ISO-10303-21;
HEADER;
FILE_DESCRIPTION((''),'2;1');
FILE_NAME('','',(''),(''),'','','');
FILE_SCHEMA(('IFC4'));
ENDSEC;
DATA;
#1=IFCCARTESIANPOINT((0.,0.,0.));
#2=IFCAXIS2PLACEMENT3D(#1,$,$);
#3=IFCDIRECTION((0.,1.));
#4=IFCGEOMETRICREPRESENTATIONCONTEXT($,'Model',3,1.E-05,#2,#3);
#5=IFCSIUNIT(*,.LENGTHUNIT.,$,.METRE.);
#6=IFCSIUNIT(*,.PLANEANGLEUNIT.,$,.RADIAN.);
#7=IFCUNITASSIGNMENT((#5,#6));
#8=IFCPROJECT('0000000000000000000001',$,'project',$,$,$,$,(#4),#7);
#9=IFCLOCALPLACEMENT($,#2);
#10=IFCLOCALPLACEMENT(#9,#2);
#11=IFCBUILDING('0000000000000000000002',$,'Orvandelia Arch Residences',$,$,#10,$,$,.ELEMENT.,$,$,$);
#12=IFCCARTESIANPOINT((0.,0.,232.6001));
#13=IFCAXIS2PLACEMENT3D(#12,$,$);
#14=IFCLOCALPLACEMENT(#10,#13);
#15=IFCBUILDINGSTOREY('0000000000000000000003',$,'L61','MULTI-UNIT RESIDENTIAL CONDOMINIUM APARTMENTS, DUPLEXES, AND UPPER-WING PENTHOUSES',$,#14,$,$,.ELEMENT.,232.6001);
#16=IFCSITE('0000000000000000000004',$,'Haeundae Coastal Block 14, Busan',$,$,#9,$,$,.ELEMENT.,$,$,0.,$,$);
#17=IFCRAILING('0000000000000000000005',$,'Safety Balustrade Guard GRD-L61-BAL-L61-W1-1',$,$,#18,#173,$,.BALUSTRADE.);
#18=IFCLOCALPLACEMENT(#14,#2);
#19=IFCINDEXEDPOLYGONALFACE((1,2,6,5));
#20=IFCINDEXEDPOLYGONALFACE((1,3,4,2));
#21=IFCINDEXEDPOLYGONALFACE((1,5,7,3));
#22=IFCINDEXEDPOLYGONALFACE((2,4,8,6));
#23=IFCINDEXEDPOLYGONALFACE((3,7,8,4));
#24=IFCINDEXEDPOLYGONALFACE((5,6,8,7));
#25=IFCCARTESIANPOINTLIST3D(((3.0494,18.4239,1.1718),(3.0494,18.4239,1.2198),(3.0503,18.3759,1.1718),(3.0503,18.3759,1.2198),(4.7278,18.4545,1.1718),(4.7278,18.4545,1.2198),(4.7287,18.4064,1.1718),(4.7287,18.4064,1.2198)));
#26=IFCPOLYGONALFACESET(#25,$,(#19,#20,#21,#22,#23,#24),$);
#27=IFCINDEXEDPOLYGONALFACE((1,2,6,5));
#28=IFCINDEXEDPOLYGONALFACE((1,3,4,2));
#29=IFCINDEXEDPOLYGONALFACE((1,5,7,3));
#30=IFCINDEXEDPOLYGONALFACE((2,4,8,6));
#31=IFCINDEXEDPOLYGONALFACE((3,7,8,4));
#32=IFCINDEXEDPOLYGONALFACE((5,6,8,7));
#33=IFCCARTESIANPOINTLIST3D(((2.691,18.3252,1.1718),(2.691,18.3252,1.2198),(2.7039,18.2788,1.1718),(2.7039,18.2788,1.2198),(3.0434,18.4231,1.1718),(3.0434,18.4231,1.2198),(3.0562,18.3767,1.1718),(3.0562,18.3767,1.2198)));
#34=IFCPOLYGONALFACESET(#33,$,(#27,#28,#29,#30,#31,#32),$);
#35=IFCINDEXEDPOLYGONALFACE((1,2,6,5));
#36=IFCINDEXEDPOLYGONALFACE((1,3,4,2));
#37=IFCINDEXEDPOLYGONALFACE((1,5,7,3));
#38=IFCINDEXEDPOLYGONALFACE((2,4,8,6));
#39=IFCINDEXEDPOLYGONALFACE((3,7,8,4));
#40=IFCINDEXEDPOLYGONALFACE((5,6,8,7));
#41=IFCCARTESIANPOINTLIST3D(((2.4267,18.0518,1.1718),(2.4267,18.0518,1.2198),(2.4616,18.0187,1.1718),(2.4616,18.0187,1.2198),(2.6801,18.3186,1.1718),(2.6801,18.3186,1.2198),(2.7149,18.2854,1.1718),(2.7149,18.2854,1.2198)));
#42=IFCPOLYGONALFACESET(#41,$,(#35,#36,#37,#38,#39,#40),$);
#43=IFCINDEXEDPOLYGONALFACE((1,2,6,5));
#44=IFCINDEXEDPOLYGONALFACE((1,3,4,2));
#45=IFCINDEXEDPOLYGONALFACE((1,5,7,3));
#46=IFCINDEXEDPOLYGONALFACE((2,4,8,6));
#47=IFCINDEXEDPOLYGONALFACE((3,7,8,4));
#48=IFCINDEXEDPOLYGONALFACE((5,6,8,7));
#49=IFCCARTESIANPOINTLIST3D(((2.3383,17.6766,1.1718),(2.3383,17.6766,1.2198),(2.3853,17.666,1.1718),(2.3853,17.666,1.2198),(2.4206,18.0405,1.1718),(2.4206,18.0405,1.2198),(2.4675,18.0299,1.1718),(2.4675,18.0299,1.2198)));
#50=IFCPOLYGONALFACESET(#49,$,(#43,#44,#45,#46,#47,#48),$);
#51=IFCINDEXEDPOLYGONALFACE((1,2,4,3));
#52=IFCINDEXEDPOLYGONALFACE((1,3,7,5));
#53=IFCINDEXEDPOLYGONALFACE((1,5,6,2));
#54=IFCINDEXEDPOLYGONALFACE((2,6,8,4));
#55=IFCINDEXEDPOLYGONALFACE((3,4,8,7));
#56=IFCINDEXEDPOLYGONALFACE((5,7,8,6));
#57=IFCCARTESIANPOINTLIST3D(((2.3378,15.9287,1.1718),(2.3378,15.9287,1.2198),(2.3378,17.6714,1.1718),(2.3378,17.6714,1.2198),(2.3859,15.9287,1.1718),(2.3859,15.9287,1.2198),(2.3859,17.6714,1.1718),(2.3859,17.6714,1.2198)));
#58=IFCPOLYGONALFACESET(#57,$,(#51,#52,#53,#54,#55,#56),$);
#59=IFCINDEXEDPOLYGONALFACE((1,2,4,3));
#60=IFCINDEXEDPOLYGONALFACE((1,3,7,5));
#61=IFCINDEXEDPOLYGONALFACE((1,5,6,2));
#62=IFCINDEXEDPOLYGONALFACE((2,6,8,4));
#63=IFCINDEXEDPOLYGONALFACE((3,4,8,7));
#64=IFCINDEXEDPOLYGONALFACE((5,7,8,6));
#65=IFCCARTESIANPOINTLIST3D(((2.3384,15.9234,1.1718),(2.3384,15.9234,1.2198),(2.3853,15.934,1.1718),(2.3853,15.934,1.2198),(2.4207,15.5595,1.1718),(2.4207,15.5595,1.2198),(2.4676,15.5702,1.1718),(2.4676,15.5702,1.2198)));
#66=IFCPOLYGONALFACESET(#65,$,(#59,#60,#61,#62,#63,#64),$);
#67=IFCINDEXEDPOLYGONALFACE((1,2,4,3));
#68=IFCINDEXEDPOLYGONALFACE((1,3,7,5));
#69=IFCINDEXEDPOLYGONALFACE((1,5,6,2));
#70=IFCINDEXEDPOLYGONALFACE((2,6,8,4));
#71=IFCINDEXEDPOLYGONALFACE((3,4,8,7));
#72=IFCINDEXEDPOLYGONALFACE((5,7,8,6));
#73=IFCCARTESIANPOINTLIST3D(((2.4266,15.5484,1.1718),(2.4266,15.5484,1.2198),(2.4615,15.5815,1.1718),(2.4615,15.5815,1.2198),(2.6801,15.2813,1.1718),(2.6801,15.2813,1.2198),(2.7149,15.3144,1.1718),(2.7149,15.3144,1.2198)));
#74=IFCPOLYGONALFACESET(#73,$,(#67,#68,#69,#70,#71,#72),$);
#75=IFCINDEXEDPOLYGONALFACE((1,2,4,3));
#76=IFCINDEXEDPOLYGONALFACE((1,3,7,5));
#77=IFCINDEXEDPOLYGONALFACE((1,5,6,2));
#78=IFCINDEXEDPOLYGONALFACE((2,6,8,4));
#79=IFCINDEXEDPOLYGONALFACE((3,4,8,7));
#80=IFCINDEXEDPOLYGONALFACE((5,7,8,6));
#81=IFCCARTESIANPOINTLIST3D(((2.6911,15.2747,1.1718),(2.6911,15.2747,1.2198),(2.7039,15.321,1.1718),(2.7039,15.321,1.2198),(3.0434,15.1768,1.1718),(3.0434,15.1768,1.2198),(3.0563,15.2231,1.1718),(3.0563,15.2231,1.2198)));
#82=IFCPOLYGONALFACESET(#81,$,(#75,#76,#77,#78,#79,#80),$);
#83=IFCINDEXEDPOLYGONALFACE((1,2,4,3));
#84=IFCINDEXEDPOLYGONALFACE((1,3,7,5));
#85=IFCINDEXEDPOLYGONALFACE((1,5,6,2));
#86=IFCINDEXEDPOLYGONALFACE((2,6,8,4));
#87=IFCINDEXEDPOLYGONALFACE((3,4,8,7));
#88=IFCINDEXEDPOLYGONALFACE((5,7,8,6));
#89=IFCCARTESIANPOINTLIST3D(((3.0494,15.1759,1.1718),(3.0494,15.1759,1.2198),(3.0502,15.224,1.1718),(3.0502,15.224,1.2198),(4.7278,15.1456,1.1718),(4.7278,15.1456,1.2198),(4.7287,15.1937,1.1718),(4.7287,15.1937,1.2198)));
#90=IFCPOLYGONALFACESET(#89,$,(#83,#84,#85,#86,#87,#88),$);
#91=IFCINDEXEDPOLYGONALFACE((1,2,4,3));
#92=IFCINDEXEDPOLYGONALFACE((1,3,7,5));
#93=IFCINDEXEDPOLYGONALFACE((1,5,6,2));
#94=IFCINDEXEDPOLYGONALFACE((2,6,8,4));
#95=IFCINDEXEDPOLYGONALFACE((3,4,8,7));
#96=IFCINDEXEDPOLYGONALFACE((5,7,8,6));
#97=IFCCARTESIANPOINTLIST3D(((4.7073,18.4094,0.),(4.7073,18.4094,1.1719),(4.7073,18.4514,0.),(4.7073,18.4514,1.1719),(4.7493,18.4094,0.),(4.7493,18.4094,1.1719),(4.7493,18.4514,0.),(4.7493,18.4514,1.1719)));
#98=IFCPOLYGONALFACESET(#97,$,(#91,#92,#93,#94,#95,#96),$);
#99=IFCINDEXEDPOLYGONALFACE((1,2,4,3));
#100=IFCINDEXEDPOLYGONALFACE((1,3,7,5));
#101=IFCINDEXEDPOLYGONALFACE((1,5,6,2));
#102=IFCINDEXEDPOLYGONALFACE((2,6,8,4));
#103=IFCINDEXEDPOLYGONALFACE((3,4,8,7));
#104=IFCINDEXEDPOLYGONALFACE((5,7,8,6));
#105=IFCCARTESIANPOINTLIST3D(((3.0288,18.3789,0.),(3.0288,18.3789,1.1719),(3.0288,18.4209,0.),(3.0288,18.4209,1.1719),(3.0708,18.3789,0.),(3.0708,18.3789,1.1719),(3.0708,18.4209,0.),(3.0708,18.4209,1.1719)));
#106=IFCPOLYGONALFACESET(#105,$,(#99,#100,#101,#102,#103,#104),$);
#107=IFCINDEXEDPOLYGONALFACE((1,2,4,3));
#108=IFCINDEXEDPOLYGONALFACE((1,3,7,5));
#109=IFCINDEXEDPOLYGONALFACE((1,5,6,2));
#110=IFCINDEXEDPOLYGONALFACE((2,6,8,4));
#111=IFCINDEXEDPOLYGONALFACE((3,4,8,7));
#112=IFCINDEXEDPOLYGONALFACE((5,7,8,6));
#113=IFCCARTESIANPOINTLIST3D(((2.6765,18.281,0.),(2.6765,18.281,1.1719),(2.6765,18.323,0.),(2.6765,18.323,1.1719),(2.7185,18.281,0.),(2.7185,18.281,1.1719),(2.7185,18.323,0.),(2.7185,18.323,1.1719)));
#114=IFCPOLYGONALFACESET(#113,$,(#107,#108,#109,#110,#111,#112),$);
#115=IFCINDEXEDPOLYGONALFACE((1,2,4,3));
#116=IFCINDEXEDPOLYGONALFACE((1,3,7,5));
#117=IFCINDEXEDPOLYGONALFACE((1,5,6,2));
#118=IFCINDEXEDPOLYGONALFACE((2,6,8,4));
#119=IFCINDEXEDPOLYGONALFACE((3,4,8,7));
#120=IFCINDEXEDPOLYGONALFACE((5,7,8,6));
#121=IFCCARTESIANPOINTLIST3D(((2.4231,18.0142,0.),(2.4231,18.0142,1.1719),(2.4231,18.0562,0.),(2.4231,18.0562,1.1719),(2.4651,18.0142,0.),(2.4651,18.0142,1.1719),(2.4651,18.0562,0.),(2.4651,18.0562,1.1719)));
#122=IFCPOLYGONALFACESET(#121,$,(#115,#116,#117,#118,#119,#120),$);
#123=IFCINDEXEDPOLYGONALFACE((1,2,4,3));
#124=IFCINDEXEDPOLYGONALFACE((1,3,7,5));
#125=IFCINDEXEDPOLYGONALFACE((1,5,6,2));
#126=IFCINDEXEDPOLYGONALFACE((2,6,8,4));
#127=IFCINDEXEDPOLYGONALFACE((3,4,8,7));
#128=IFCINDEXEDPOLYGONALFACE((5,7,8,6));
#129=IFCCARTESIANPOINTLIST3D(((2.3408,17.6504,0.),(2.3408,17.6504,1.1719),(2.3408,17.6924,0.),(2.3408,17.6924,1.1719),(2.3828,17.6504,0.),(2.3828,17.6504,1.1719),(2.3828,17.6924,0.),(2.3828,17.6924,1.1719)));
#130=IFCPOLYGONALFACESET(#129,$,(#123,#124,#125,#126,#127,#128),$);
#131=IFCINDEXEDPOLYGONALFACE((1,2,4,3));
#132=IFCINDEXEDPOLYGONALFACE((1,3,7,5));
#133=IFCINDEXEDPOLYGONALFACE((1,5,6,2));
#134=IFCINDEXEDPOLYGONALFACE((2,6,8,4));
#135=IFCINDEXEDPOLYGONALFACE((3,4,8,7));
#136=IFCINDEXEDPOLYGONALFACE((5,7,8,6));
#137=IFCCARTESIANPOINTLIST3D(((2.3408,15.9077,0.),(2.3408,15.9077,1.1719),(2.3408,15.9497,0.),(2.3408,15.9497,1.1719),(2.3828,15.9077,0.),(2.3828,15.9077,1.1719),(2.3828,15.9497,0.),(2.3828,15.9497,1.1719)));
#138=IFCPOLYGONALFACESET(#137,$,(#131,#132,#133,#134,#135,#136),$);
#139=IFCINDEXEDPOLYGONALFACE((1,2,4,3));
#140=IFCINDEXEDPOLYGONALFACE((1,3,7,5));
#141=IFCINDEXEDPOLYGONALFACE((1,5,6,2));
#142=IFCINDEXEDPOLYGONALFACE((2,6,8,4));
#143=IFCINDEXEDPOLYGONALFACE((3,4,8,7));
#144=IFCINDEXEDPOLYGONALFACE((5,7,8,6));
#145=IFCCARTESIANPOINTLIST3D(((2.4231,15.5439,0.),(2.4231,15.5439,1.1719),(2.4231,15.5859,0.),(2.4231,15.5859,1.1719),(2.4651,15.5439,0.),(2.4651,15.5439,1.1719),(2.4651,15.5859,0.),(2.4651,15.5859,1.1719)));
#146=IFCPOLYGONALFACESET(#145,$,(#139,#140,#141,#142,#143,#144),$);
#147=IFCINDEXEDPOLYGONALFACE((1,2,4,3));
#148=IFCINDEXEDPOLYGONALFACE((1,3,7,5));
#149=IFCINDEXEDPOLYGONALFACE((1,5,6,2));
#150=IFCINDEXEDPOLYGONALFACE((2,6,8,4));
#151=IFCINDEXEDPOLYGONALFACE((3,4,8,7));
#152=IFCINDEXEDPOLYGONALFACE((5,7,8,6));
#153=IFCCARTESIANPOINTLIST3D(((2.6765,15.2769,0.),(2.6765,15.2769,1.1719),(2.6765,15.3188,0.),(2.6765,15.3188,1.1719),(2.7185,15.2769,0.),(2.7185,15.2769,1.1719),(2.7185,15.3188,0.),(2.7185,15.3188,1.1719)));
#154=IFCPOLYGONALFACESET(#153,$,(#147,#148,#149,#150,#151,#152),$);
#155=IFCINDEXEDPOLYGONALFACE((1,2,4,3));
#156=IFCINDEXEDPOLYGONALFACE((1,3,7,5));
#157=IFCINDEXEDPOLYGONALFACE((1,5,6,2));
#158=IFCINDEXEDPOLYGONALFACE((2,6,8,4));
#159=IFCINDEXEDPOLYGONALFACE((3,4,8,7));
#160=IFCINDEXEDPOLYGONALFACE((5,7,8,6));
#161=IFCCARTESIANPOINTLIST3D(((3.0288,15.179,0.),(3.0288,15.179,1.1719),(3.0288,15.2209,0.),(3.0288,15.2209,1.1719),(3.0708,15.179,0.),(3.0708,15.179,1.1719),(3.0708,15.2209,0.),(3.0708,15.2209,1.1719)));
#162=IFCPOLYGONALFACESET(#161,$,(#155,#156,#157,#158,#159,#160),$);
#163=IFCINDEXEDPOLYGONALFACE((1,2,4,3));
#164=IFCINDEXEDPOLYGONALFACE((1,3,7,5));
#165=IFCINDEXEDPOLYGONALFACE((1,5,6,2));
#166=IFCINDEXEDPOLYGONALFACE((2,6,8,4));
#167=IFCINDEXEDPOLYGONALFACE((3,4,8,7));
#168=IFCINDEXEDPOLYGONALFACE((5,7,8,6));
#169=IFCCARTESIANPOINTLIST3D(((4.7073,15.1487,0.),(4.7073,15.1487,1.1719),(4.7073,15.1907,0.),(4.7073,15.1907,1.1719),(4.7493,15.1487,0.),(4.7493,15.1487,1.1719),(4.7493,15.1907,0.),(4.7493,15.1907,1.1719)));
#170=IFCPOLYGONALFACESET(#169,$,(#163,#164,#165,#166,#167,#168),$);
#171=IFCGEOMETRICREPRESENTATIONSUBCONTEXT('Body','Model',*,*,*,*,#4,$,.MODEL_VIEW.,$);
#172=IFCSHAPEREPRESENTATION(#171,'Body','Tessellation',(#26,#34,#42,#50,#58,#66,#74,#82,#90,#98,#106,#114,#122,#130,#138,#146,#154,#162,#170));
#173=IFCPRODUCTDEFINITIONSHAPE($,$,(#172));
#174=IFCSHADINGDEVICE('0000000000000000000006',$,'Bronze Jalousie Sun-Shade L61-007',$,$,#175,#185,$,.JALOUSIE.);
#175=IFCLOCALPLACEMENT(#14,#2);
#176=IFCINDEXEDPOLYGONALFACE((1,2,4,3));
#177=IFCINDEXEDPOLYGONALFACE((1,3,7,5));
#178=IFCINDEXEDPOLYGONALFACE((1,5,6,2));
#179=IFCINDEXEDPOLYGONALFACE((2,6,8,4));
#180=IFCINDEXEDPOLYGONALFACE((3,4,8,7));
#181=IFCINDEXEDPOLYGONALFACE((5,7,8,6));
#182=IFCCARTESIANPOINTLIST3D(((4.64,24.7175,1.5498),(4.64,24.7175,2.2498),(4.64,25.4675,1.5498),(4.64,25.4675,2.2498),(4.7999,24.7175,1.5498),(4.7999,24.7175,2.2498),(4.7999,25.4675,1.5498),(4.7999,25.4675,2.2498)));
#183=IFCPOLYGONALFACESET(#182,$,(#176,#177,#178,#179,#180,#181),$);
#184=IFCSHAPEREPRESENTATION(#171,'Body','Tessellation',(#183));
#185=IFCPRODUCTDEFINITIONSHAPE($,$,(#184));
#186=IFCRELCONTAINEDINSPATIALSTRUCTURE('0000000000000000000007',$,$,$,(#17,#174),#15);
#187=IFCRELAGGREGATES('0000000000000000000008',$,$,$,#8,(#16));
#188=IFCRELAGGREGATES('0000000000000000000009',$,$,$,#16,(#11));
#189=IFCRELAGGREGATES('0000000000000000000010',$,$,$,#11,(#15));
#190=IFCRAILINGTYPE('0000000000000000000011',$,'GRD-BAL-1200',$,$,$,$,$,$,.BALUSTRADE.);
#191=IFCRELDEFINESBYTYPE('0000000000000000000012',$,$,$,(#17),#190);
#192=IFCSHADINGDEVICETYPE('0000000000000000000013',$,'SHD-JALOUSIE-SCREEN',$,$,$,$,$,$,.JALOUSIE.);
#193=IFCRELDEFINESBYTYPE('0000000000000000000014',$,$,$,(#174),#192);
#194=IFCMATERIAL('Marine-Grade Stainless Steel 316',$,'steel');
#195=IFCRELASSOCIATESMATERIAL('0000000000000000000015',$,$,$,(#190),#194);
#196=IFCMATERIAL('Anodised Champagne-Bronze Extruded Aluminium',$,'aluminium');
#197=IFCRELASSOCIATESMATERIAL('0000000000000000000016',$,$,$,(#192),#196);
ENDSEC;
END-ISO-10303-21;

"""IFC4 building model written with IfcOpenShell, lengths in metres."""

from ifc_helpers import new_model, si_unit, direction, frame, origin, origin_2d, place, context, subcontext, project, spatial, rectangle, extrude, material, type_object, element, save


model = new_model("IFC4")

# Units and contexts
model_context = context("Model", 3, precision=1e-05, world=origin(), true_north=direction((0.0, 1.0)))
body_context = subcontext(model_context, "Body", "Model", "MODEL_VIEW")
ifc_project = project(units=[si_unit("LENGTHUNIT", "METRE"), si_unit("PLANEANGLEUNIT", "RADIAN")], contexts=[model_context])

# Site, building, storey
site_placement = place(None, origin())
site = spatial("IfcSite", under=ifc_project, at=site_placement, Name="Haeundae Coastal Block 14, Busan", CompositionType="ELEMENT", RefElevation=0.0)
building_placement = place(site_placement, origin())
building = spatial("IfcBuilding", under=site, at=building_placement, Name="Orvandelia Arch Residences", CompositionType="ELEMENT")
storey_placement = place(building_placement, frame((0.0, 0.0, 232.6001)))
storey = spatial("IfcBuildingStorey", under=building, at=storey_placement, Name="L61", Description="MULTI-UNIT RESIDENTIAL CONDOMINIUM APARTMENTS, DUPLEXES, AND UPPER-WING PENTHOUSES", CompositionType="ELEMENT", Elevation=232.6001)

# Railing
ifc_material_1 = material(Name="Marine-Grade Stainless Steel 316", Category="steel")
railing_type = type_object("IfcRailingType", Name="GRD-BAL-1200", PredefinedType="BALUSTRADE", material=ifc_material_1)
railing_placement = place(storey_placement, frame((4.7283, 18.4304, 0.0)))
element("IfcRailing", 1, at=railing_placement, inside=storey, type_object=railing_type, Name="Safety Balustrade Guard GRD-L61-BAL-L61-W1-1", PredefinedType="BALUSTRADE", context=body_context, shape_type="SweptSolid", body=[
    extrude(rectangle(XDim=0.0481, YDim=0.0481, at=origin_2d()), frame((0.0, 0.0, 1.1958), z_axis=(-0.999835, -0.018179, 0.0), x_axis=(0.018179, -0.999835, 0.0)), (0.0, 0.0, 1.0), 1.6787),
    extrude(rectangle(XDim=0.0481, YDim=0.0481, at=origin_2d()), frame((-1.6785, -0.0305, 1.1958), z_axis=(-0.963489, -0.267747, 0.0), x_axis=(0.267747, -0.963489, 0.0)), (0.0, 0.0, 1.0), 0.3657),
    extrude(rectangle(XDim=0.0481, YDim=0.0481, at=origin_2d()), frame((-2.0308, -0.1284, 1.1958), z_axis=(-0.688627, -0.725115, 0.0), x_axis=(0.725115, -0.688627, 0.0)), (0.0, 0.0, 1.0), 0.3679),
    extrude(rectangle(XDim=0.0481, YDim=0.0481, at=origin_2d()), frame((-2.2842, -0.3953, 1.1958), z_axis=(-0.220602, -0.975364, 0.0), x_axis=(0.975364, -0.220602, 0.0)), (0.0, 0.0, 1.0), 0.373),
    extrude(rectangle(XDim=0.0481, YDim=0.0481, at=origin_2d()), frame((-2.3665, -0.759, 1.1958), z_axis=(0.0, -1.0, 0.0), x_axis=(1.0, 0.0, 0.0)), (0.0, 0.0, 1.0), 1.7427),
    extrude(rectangle(XDim=0.0481, YDim=0.0481, at=origin_2d()), frame((-2.3665, -2.5017, 1.1958), z_axis=(0.220602, -0.975364, 0.0), x_axis=(0.975364, 0.220602, 0.0)), (0.0, 0.0, 1.0), 0.373),
    extrude(rectangle(XDim=0.0481, YDim=0.0481, at=origin_2d()), frame((-2.2842, -2.8655, 1.1958), z_axis=(0.688296, -0.72543, 0.0), x_axis=(0.72543, 0.688296, 0.0)), (0.0, 0.0, 1.0), 0.3682),
    extrude(rectangle(XDim=0.0481, YDim=0.0481, at=origin_2d()), frame((-2.0308, -3.1326, 1.1958), z_axis=(0.963489, -0.267747, 0.0), x_axis=(0.267747, 0.963489, 0.0)), (0.0, 0.0, 1.0), 0.3657),
    extrude(rectangle(XDim=0.0481, YDim=0.0481, at=origin_2d()), frame((-1.6785, -3.2305, 1.1958), z_axis=(0.999837, -0.018033, 0.0), x_axis=(0.018033, 0.999837, 0.0)), (0.0, 0.0, 1.0), 1.6787),
    extrude(rectangle(XDim=0.042, YDim=0.042, at=origin_2d()), origin(), (0.0, 0.0, 1.0), 1.1719),
    extrude(rectangle(XDim=0.042, YDim=0.042, at=origin_2d()), frame((-1.6785, -0.0305, 0.0)), (0.0, 0.0, 1.0), 1.1719),
    extrude(rectangle(XDim=0.042, YDim=0.042, at=origin_2d()), frame((-2.0308, -0.1284, 0.0)), (0.0, 0.0, 1.0), 1.1719),
    extrude(rectangle(XDim=0.042, YDim=0.042, at=origin_2d()), frame((-2.2842, -0.3953, 0.0)), (0.0, 0.0, 1.0), 1.1719),
    extrude(rectangle(XDim=0.042, YDim=0.042, at=origin_2d()), frame((-2.3665, -0.759, 0.0)), (0.0, 0.0, 1.0), 1.1719),
    extrude(rectangle(XDim=0.042, YDim=0.042, at=origin_2d()), frame((-2.3665, -2.5017, 0.0)), (0.0, 0.0, 1.0), 1.1719),
    extrude(rectangle(XDim=0.042, YDim=0.042, at=origin_2d()), frame((-2.2842, -2.8655, 0.0)), (0.0, 0.0, 1.0), 1.1719),
    extrude(rectangle(XDim=0.042, YDim=0.042, at=origin_2d()), frame((-2.0308, -3.1326, 0.0)), (0.0, 0.0, 1.0), 1.1719),
    extrude(rectangle(XDim=0.042, YDim=0.042, at=origin_2d()), frame((-1.6785, -3.2305, 0.0)), (0.0, 0.0, 1.0), 1.1719),
    extrude(rectangle(XDim=0.042, YDim=0.042, at=origin_2d()), frame((0.0, -3.2607, 0.0)), (0.0, 0.0, 1.0), 1.1719),
])

# Shading device
ifc_material_2 = material(Name="Anodised Champagne-Bronze Extruded Aluminium", Category="aluminium")
shading_device_type = type_object("IfcShadingDeviceType", Name="SHD-JALOUSIE-SCREEN", PredefinedType="JALOUSIE", material=ifc_material_2)
shading_device_placement = place(storey_placement, frame((4.72, 25.0925, 1.5498), z_axis=(0.0, 0.0, 1.0), x_axis=(0.0, 1.0, 0.0)))
element("IfcShadingDevice", 2, at=shading_device_placement, inside=storey, type_object=shading_device_type, Name="Bronze Jalousie Sun-Shade L61-007", PredefinedType="JALOUSIE", context=body_context, shape_type="SweptSolid", body=[
    extrude(rectangle(XDim=0.75, YDim=0.1599, at=origin_2d()), origin(), (0.0, 0.0, 1.0), 0.7),
])

save(model, "model.ifc")
